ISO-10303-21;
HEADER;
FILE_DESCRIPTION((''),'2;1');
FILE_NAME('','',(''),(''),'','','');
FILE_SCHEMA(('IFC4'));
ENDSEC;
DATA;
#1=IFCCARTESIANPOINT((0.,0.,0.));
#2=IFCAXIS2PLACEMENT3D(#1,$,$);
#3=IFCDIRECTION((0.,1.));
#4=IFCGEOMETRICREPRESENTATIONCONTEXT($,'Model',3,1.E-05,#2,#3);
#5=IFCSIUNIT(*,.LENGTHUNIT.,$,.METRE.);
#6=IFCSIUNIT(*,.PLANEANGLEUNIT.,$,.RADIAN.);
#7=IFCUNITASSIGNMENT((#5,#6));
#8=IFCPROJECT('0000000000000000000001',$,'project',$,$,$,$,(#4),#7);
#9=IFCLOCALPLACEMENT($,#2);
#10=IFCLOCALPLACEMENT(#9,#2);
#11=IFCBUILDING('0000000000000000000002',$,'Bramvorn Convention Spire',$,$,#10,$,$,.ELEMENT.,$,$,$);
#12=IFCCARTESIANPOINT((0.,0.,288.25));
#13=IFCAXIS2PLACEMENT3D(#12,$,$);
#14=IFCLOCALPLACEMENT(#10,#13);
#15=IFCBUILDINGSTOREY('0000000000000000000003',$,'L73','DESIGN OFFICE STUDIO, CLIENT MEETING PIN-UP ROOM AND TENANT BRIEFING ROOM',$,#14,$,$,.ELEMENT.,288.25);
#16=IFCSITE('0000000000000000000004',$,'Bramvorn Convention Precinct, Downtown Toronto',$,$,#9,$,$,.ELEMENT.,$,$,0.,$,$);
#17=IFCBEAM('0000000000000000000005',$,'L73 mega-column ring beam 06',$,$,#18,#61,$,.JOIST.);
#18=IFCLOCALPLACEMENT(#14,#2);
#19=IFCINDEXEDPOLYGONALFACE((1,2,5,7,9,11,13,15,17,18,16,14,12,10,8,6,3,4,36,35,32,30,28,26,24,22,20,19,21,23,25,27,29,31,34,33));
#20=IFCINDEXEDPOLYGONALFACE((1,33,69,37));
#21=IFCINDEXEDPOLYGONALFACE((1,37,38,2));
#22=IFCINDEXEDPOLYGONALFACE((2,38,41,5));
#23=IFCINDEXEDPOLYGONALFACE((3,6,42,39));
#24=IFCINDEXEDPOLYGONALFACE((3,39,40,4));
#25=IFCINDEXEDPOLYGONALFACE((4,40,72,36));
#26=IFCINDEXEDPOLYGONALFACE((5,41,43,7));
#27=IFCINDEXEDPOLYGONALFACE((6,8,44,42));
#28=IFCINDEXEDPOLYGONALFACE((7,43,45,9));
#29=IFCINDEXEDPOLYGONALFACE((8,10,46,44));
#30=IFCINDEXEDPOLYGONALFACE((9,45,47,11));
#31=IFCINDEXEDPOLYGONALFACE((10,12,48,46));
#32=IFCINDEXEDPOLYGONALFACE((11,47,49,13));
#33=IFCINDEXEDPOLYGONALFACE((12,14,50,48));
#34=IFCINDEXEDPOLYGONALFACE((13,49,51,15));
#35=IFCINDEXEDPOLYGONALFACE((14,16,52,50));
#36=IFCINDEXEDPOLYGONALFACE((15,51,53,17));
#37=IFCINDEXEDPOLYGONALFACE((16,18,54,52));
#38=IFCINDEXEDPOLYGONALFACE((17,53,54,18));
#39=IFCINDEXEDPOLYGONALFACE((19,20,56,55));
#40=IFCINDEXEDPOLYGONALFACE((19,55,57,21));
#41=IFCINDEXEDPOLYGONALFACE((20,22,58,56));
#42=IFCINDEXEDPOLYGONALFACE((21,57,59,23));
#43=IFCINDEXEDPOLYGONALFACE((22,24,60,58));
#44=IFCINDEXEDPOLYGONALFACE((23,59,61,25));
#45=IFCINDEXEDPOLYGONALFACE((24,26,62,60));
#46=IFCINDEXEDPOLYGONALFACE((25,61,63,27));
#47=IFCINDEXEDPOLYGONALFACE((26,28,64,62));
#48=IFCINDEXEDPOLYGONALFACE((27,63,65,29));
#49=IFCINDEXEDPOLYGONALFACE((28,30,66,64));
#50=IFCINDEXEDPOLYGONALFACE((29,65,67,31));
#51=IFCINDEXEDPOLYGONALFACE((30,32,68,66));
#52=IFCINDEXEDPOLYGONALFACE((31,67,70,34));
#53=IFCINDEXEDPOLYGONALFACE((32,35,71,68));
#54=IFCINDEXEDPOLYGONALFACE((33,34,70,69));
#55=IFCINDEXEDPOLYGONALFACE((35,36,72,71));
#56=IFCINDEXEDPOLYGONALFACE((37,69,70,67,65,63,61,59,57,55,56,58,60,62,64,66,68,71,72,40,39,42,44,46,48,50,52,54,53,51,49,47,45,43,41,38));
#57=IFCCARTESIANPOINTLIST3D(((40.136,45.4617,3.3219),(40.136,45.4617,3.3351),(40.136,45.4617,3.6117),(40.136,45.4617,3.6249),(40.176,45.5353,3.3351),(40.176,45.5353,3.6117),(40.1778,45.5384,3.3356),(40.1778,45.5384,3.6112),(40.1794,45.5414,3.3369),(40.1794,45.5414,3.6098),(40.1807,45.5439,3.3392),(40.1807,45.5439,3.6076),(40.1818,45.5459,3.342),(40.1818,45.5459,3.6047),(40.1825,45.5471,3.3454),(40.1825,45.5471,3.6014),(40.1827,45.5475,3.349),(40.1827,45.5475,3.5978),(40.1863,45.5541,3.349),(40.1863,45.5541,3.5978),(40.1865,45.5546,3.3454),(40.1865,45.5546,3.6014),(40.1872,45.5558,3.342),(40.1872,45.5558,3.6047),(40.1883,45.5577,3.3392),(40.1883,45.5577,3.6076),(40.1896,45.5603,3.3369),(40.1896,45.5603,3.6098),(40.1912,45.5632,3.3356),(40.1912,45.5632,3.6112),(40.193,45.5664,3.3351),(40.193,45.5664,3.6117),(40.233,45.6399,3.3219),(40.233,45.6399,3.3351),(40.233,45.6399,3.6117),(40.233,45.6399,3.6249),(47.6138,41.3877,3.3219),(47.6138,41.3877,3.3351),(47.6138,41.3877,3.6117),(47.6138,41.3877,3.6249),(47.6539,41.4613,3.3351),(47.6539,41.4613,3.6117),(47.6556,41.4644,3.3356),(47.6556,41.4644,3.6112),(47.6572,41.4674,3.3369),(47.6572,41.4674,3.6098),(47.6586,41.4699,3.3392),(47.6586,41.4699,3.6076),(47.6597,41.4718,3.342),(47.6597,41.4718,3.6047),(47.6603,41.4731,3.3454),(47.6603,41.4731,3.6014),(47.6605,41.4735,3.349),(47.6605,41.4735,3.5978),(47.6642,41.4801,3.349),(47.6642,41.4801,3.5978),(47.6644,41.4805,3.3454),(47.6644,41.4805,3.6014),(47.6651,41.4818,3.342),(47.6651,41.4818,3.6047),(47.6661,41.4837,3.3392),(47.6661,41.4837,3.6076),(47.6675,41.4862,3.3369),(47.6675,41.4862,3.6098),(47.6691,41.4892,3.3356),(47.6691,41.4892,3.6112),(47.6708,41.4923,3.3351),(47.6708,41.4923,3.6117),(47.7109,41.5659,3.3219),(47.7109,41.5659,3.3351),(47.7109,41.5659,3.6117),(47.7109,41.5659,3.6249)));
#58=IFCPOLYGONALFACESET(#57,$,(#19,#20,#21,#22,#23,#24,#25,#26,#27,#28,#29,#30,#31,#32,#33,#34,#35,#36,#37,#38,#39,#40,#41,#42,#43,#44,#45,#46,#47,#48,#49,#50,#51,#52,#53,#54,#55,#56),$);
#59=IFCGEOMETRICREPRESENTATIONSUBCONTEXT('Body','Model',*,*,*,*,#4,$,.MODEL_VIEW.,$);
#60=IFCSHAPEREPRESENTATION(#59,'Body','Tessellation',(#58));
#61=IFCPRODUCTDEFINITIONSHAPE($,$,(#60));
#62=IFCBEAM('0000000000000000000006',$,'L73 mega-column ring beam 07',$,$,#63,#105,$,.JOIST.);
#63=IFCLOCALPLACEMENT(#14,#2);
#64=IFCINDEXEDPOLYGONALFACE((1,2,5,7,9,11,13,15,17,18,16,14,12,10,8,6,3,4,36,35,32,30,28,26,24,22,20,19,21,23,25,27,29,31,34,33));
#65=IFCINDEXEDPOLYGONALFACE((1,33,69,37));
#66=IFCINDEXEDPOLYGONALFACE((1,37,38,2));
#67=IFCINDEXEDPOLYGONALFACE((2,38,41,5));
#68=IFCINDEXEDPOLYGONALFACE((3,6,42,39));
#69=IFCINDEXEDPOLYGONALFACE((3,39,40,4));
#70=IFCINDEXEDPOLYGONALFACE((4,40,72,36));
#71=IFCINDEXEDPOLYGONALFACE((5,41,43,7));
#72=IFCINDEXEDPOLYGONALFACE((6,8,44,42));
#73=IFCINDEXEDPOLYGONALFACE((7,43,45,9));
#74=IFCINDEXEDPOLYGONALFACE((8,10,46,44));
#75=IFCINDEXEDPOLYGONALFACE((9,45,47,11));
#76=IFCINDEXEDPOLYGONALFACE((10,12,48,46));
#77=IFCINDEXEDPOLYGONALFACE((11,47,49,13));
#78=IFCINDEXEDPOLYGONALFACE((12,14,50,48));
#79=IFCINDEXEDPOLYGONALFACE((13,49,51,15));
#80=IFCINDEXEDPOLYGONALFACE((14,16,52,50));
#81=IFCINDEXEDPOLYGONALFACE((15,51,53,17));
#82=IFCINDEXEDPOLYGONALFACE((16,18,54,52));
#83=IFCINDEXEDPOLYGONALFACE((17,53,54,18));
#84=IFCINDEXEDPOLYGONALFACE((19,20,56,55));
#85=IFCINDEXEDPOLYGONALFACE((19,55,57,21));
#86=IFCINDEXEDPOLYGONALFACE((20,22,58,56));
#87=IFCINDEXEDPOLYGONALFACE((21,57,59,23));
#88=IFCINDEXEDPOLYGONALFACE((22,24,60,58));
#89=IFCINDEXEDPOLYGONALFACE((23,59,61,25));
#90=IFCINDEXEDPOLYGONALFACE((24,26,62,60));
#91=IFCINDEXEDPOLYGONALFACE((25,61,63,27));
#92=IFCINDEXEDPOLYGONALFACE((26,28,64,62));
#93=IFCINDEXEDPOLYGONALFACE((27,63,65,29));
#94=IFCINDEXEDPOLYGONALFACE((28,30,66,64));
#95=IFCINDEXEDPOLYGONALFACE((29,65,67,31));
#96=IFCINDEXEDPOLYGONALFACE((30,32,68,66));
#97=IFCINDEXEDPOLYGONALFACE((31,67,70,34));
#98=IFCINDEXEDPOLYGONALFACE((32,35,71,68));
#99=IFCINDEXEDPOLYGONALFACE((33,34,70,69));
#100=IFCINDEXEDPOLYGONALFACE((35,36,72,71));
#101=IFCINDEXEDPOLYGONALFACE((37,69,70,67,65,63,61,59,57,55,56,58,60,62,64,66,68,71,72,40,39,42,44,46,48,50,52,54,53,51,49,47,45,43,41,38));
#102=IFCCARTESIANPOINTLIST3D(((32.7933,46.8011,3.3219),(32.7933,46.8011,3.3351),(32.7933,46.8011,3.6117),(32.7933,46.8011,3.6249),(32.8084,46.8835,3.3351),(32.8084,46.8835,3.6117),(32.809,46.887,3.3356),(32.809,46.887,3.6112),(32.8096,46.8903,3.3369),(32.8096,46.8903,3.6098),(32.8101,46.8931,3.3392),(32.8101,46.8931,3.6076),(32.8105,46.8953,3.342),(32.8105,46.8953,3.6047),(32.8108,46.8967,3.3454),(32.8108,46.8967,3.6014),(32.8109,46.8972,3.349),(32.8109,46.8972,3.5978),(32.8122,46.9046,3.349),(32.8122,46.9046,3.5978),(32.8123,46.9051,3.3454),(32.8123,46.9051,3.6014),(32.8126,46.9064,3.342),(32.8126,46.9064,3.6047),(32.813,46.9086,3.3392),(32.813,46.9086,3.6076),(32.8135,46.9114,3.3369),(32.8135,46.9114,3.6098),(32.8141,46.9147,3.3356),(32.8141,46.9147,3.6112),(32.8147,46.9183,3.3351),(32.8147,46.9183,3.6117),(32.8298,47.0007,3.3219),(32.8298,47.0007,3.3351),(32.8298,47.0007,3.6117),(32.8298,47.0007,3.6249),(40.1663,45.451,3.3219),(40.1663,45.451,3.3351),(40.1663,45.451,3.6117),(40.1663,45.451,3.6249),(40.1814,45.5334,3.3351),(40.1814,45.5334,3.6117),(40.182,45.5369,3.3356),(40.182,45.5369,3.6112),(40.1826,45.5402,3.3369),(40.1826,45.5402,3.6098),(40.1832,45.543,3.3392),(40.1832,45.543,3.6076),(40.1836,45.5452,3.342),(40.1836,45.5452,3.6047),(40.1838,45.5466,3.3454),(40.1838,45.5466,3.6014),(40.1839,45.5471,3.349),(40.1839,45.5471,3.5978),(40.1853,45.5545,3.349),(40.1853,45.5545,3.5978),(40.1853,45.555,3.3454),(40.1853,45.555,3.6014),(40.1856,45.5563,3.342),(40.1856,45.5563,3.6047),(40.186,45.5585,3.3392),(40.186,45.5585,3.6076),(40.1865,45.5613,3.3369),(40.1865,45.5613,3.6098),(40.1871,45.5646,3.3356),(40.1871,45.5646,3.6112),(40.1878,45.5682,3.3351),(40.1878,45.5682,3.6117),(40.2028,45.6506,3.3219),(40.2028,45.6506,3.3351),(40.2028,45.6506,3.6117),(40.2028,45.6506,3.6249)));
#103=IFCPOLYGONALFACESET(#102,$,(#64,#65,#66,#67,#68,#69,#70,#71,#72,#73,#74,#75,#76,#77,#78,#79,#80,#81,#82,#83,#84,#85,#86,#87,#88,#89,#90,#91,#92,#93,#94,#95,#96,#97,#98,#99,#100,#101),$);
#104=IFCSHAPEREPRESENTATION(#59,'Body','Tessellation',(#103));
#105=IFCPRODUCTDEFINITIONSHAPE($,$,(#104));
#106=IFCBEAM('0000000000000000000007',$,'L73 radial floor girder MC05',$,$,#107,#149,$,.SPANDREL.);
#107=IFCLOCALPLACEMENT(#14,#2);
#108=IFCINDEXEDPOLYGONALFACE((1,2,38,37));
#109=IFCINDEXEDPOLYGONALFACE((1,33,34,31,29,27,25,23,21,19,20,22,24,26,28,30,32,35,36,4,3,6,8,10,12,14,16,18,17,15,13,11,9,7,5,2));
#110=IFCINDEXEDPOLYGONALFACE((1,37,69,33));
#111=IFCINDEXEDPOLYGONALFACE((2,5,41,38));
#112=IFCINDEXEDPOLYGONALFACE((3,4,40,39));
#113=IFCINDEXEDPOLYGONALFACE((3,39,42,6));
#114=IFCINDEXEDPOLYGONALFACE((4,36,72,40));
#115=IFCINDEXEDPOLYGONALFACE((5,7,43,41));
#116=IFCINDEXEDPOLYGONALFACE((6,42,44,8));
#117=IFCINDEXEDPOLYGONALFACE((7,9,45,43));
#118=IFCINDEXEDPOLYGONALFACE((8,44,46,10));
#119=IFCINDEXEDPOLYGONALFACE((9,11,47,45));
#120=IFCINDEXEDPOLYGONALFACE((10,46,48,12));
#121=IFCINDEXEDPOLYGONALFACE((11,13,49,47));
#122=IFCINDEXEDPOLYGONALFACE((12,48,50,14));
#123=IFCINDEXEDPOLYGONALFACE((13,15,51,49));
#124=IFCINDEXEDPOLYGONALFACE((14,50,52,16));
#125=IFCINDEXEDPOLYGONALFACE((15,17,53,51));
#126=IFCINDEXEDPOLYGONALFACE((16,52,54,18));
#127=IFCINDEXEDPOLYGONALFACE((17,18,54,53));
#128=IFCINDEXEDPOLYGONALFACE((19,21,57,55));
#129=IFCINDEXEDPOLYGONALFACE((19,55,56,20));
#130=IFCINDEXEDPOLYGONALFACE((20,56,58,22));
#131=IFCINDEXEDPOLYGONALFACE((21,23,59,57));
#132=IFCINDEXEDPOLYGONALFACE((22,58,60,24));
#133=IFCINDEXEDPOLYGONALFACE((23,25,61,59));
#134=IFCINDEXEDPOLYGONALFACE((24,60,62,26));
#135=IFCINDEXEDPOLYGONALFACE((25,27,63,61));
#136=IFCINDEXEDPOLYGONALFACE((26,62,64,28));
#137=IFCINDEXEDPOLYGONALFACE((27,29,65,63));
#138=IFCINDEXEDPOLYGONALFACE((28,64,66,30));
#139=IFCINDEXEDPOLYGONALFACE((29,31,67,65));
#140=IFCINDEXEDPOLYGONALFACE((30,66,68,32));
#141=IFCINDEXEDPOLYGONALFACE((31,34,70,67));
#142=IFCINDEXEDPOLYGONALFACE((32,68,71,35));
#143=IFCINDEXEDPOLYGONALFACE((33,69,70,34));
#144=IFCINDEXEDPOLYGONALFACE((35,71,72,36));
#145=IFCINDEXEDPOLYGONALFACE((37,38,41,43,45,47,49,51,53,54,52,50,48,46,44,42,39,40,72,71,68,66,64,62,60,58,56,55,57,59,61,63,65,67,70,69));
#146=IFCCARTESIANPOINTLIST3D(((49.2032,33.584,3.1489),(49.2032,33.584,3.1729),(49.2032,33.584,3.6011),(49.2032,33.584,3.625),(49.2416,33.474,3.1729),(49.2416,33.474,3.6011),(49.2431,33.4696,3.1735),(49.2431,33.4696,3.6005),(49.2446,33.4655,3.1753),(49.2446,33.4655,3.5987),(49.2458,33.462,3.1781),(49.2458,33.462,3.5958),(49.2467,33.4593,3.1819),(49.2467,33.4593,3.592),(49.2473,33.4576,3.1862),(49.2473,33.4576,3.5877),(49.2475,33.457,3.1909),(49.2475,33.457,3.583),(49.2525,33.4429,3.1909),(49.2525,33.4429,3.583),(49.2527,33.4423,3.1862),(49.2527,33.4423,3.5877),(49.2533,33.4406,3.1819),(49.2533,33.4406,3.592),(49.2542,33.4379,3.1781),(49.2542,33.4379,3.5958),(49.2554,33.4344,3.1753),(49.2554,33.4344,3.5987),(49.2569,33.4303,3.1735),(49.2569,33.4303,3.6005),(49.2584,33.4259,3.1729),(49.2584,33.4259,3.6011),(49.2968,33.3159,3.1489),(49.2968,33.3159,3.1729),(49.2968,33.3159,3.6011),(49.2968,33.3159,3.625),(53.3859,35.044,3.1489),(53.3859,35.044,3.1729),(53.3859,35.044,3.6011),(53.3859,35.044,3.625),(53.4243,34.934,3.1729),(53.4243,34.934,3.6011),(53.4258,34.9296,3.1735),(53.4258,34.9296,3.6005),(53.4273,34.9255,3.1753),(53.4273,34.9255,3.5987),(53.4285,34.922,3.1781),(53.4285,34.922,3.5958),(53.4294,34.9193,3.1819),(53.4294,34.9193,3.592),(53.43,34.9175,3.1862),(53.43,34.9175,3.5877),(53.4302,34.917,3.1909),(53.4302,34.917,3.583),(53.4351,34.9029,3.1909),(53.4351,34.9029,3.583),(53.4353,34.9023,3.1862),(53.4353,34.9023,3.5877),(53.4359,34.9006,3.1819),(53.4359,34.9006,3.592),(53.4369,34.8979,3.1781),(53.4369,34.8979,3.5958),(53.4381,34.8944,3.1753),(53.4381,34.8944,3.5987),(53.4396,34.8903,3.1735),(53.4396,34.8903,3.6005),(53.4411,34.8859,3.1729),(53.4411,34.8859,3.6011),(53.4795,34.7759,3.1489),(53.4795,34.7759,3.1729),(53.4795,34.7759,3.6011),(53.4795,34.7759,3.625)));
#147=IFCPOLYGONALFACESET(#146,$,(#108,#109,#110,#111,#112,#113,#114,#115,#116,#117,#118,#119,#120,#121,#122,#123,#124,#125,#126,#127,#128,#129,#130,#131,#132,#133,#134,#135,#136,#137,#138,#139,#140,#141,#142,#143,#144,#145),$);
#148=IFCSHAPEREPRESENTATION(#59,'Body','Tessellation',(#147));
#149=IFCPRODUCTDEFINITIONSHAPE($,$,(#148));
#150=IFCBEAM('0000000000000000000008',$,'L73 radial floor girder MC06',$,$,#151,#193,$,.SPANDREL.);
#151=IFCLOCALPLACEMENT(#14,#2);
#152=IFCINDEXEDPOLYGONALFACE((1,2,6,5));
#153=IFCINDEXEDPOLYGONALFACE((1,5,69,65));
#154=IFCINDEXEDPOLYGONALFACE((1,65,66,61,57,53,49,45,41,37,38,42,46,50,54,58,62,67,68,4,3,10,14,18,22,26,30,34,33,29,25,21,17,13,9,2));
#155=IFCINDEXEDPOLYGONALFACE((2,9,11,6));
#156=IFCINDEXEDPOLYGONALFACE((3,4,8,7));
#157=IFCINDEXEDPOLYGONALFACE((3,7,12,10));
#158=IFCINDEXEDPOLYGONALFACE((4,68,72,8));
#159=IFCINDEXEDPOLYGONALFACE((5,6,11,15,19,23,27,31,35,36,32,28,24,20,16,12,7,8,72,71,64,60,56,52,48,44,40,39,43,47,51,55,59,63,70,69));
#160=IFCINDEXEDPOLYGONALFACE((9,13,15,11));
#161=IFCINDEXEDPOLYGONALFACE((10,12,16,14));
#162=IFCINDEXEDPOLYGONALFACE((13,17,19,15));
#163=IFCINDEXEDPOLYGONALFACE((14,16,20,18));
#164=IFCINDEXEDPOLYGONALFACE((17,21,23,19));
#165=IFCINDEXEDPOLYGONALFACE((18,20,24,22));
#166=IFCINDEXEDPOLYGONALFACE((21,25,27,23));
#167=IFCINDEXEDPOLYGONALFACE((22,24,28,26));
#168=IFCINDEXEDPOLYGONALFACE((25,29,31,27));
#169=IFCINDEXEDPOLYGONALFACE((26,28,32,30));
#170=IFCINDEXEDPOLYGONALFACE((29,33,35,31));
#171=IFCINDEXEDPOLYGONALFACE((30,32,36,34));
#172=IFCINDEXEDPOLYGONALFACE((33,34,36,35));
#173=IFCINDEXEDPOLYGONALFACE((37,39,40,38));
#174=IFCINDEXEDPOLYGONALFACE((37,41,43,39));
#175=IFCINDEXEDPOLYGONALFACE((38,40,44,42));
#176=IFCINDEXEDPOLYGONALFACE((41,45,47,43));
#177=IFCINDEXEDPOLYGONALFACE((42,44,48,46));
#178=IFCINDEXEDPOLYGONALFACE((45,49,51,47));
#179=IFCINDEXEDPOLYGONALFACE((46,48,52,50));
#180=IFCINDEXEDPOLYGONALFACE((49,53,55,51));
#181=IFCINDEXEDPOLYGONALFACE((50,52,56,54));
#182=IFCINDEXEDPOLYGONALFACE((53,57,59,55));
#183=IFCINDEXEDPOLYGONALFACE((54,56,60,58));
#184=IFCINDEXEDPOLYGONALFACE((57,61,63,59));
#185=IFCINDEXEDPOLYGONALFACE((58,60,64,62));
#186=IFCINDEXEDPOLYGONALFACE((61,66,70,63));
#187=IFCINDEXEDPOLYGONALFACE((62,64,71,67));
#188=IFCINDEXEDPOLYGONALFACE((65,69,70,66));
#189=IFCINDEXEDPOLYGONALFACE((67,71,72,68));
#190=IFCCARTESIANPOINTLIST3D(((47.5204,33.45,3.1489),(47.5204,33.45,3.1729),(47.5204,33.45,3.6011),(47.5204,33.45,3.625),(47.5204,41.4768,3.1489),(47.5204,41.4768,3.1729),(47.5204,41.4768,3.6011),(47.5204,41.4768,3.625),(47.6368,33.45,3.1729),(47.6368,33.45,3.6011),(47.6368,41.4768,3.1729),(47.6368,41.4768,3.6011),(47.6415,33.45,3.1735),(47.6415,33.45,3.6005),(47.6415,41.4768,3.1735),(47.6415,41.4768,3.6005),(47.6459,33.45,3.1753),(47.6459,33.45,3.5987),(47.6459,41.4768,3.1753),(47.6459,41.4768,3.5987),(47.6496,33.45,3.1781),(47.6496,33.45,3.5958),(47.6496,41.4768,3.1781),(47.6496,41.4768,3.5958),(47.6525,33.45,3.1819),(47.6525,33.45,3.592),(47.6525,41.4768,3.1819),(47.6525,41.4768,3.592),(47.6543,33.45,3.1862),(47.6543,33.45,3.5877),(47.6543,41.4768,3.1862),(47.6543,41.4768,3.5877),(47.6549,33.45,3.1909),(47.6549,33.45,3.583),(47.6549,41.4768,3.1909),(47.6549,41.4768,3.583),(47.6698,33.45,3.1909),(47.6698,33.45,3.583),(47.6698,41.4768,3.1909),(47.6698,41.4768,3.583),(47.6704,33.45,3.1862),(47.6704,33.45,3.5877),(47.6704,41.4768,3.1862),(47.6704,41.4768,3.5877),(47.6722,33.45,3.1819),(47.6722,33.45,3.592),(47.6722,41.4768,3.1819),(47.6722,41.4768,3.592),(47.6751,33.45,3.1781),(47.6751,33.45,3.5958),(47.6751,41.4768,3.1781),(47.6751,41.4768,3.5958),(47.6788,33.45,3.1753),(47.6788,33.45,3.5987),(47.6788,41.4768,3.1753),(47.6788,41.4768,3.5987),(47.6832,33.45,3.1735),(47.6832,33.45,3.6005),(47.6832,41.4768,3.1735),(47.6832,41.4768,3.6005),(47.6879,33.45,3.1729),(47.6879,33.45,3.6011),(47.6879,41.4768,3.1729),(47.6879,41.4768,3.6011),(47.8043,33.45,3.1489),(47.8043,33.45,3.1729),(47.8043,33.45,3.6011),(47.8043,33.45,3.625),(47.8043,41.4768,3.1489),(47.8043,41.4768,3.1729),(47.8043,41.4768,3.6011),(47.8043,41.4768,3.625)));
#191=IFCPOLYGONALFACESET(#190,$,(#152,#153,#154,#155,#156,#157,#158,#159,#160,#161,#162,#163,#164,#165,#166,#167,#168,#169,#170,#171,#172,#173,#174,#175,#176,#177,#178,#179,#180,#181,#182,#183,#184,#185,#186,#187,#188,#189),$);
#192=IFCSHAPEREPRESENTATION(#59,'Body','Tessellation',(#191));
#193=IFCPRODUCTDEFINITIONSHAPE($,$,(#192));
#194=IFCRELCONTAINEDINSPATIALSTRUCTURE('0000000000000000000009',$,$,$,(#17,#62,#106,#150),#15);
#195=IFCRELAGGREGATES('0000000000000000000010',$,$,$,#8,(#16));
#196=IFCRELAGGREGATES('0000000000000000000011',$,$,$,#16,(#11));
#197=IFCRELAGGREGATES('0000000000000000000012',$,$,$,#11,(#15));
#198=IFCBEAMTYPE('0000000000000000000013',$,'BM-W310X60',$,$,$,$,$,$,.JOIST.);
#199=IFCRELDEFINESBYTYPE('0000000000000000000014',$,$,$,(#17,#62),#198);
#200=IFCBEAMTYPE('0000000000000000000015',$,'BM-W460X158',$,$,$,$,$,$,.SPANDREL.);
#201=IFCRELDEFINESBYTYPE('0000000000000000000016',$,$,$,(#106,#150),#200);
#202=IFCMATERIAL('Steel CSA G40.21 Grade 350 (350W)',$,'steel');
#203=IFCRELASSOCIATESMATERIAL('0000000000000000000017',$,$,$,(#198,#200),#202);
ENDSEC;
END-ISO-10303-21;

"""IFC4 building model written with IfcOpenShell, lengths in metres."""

from ifc_helpers import new_model, si_unit, direction, frame, origin, origin_2d, place, context, subcontext, project, spatial, i_section, extrude, material, material_profile, profile_set, type_object, element, save


model = new_model("IFC4")

# Units and contexts
model_context = context("Model", 3, precision=1e-05, world=origin(), true_north=direction((0.0, 1.0)))
body_context = subcontext(model_context, "Body", "Model", "MODEL_VIEW")
ifc_project = project(units=[si_unit("LENGTHUNIT", "METRE"), si_unit("PLANEANGLEUNIT", "RADIAN")], contexts=[model_context])

# Site, building, storey
site_placement = place(None, origin())
site = spatial("IfcSite", under=ifc_project, at=site_placement, Name="Bramvorn Convention Precinct, Downtown Toronto", CompositionType="ELEMENT", RefElevation=0.0)
building_placement = place(site_placement, origin())
building = spatial("IfcBuilding", under=site, at=building_placement, Name="Bramvorn Convention Spire", CompositionType="ELEMENT")
storey_placement = place(building_placement, frame((0.0, 0.0, 288.25)))
storey = spatial("IfcBuildingStorey", under=building, at=storey_placement, Name="L73", Description="DESIGN OFFICE STUDIO, CLIENT MEETING PIN-UP ROOM AND TENANT BRIEFING ROOM", CompositionType="ELEMENT", Elevation=288.25)

# Shared definitions
ifc_material_1 = material(Name="Steel CSA G40.21 Grade 350 (350W)", Category="steel")

# Beams
ifc_material_profile_1 = material_profile(ifc_material_1, i_section(OverallWidth=0.2029, OverallDepth=0.303, WebThickness=0.0076, FlangeThickness=0.0132, FilletRadius=0.0139, at=origin_2d()))
ifc_profile_set_1 = profile_set([ifc_material_profile_1], Name="Steel CSA G40.21 Grade 350 (350W) - W310X60")
beam_type_1 = type_object("IfcBeamType", Name="BM-W310X60", PredefinedType="JOIST", material=ifc_profile_set_1)
beam_1_placement = place(storey_placement, frame((47.6624, 41.4768, 3.4734), z_axis=(-0.878133, 0.478416, 0.0), x_axis=(-0.478416, -0.878133, 0.0)))
element("IfcBeam", 1, at=beam_1_placement, inside=storey, type_object=beam_type_1, Name="L73 mega-column ring beam 06", PredefinedType="JOIST", context=body_context, shape_type="SweptSolid", body=[
    extrude(i_section(OverallWidth=0.2029, OverallDepth=0.303, WebThickness=0.0076, FlangeThickness=0.0132, FilletRadius=0.0139, at=origin_2d()), origin(), (0.0, 0.0, 1.0), 8.5156),
])
beam_2_placement = place(storey_placement, frame((40.1846, 45.5508, 3.4734), z_axis=(-0.983645, 0.180118, 0.0), x_axis=(-0.180118, -0.983645, 0.0)))
element("IfcBeam", 2, at=beam_2_placement, inside=storey, type_object=beam_type_1, Name="L73 mega-column ring beam 07", PredefinedType="JOIST", context=body_context, shape_type="SweptSolid", body=[
    extrude(i_section(OverallWidth=0.2029, OverallDepth=0.303, WebThickness=0.0076, FlangeThickness=0.0132, FilletRadius=0.0139, at=origin_2d()), origin(), (0.0, 0.0, 1.0), 7.4956),
])
ifc_material_profile_2 = material_profile(ifc_material_1, i_section(OverallWidth=0.2839, OverallDepth=0.4761, WebThickness=0.0149, FlangeThickness=0.0239, FilletRadius=0.0181, at=origin_2d()))
ifc_profile_set_2 = profile_set([ifc_material_profile_2], Name="Steel CSA G40.21 Grade 350 (350W) - W460X158")
beam_type_2 = type_object("IfcBeamType", Name="BM-W460X158", PredefinedType="SPANDREL", material=ifc_profile_set_2)
beam_3_placement = place(storey_placement, frame((49.25, 33.45, 3.387), z_axis=(0.944136, 0.329555, 0.0), x_axis=(-0.329555, 0.944136, 0.0)))
element("IfcBeam", 3, at=beam_3_placement, inside=storey, type_object=beam_type_2, Name="L73 radial floor girder MC05", PredefinedType="SPANDREL", context=body_context, shape_type="SweptSolid", body=[
    extrude(i_section(OverallWidth=0.2839, OverallDepth=0.4761, WebThickness=0.0149, FlangeThickness=0.0239, FilletRadius=0.0181, at=origin_2d()), origin(), (0.0, 0.0, 1.0), 4.4302),
])
beam_4_placement = place(storey_placement, frame((47.6624, 33.45, 3.387), z_axis=(0.0, 1.0, 0.0), x_axis=(-1.0, 0.0, 0.0)))
element("IfcBeam", 4, at=beam_4_placement, inside=storey, type_object=beam_type_2, Name="L73 radial floor girder MC06", PredefinedType="SPANDREL", context=body_context, shape_type="SweptSolid", body=[
    extrude(i_section(OverallWidth=0.2839, OverallDepth=0.4761, WebThickness=0.0149, FlangeThickness=0.0239, FilletRadius=0.0181, at=origin_2d()), origin(), (0.0, 0.0, 1.0), 8.0269),
])

save(model, "model.ifc")
